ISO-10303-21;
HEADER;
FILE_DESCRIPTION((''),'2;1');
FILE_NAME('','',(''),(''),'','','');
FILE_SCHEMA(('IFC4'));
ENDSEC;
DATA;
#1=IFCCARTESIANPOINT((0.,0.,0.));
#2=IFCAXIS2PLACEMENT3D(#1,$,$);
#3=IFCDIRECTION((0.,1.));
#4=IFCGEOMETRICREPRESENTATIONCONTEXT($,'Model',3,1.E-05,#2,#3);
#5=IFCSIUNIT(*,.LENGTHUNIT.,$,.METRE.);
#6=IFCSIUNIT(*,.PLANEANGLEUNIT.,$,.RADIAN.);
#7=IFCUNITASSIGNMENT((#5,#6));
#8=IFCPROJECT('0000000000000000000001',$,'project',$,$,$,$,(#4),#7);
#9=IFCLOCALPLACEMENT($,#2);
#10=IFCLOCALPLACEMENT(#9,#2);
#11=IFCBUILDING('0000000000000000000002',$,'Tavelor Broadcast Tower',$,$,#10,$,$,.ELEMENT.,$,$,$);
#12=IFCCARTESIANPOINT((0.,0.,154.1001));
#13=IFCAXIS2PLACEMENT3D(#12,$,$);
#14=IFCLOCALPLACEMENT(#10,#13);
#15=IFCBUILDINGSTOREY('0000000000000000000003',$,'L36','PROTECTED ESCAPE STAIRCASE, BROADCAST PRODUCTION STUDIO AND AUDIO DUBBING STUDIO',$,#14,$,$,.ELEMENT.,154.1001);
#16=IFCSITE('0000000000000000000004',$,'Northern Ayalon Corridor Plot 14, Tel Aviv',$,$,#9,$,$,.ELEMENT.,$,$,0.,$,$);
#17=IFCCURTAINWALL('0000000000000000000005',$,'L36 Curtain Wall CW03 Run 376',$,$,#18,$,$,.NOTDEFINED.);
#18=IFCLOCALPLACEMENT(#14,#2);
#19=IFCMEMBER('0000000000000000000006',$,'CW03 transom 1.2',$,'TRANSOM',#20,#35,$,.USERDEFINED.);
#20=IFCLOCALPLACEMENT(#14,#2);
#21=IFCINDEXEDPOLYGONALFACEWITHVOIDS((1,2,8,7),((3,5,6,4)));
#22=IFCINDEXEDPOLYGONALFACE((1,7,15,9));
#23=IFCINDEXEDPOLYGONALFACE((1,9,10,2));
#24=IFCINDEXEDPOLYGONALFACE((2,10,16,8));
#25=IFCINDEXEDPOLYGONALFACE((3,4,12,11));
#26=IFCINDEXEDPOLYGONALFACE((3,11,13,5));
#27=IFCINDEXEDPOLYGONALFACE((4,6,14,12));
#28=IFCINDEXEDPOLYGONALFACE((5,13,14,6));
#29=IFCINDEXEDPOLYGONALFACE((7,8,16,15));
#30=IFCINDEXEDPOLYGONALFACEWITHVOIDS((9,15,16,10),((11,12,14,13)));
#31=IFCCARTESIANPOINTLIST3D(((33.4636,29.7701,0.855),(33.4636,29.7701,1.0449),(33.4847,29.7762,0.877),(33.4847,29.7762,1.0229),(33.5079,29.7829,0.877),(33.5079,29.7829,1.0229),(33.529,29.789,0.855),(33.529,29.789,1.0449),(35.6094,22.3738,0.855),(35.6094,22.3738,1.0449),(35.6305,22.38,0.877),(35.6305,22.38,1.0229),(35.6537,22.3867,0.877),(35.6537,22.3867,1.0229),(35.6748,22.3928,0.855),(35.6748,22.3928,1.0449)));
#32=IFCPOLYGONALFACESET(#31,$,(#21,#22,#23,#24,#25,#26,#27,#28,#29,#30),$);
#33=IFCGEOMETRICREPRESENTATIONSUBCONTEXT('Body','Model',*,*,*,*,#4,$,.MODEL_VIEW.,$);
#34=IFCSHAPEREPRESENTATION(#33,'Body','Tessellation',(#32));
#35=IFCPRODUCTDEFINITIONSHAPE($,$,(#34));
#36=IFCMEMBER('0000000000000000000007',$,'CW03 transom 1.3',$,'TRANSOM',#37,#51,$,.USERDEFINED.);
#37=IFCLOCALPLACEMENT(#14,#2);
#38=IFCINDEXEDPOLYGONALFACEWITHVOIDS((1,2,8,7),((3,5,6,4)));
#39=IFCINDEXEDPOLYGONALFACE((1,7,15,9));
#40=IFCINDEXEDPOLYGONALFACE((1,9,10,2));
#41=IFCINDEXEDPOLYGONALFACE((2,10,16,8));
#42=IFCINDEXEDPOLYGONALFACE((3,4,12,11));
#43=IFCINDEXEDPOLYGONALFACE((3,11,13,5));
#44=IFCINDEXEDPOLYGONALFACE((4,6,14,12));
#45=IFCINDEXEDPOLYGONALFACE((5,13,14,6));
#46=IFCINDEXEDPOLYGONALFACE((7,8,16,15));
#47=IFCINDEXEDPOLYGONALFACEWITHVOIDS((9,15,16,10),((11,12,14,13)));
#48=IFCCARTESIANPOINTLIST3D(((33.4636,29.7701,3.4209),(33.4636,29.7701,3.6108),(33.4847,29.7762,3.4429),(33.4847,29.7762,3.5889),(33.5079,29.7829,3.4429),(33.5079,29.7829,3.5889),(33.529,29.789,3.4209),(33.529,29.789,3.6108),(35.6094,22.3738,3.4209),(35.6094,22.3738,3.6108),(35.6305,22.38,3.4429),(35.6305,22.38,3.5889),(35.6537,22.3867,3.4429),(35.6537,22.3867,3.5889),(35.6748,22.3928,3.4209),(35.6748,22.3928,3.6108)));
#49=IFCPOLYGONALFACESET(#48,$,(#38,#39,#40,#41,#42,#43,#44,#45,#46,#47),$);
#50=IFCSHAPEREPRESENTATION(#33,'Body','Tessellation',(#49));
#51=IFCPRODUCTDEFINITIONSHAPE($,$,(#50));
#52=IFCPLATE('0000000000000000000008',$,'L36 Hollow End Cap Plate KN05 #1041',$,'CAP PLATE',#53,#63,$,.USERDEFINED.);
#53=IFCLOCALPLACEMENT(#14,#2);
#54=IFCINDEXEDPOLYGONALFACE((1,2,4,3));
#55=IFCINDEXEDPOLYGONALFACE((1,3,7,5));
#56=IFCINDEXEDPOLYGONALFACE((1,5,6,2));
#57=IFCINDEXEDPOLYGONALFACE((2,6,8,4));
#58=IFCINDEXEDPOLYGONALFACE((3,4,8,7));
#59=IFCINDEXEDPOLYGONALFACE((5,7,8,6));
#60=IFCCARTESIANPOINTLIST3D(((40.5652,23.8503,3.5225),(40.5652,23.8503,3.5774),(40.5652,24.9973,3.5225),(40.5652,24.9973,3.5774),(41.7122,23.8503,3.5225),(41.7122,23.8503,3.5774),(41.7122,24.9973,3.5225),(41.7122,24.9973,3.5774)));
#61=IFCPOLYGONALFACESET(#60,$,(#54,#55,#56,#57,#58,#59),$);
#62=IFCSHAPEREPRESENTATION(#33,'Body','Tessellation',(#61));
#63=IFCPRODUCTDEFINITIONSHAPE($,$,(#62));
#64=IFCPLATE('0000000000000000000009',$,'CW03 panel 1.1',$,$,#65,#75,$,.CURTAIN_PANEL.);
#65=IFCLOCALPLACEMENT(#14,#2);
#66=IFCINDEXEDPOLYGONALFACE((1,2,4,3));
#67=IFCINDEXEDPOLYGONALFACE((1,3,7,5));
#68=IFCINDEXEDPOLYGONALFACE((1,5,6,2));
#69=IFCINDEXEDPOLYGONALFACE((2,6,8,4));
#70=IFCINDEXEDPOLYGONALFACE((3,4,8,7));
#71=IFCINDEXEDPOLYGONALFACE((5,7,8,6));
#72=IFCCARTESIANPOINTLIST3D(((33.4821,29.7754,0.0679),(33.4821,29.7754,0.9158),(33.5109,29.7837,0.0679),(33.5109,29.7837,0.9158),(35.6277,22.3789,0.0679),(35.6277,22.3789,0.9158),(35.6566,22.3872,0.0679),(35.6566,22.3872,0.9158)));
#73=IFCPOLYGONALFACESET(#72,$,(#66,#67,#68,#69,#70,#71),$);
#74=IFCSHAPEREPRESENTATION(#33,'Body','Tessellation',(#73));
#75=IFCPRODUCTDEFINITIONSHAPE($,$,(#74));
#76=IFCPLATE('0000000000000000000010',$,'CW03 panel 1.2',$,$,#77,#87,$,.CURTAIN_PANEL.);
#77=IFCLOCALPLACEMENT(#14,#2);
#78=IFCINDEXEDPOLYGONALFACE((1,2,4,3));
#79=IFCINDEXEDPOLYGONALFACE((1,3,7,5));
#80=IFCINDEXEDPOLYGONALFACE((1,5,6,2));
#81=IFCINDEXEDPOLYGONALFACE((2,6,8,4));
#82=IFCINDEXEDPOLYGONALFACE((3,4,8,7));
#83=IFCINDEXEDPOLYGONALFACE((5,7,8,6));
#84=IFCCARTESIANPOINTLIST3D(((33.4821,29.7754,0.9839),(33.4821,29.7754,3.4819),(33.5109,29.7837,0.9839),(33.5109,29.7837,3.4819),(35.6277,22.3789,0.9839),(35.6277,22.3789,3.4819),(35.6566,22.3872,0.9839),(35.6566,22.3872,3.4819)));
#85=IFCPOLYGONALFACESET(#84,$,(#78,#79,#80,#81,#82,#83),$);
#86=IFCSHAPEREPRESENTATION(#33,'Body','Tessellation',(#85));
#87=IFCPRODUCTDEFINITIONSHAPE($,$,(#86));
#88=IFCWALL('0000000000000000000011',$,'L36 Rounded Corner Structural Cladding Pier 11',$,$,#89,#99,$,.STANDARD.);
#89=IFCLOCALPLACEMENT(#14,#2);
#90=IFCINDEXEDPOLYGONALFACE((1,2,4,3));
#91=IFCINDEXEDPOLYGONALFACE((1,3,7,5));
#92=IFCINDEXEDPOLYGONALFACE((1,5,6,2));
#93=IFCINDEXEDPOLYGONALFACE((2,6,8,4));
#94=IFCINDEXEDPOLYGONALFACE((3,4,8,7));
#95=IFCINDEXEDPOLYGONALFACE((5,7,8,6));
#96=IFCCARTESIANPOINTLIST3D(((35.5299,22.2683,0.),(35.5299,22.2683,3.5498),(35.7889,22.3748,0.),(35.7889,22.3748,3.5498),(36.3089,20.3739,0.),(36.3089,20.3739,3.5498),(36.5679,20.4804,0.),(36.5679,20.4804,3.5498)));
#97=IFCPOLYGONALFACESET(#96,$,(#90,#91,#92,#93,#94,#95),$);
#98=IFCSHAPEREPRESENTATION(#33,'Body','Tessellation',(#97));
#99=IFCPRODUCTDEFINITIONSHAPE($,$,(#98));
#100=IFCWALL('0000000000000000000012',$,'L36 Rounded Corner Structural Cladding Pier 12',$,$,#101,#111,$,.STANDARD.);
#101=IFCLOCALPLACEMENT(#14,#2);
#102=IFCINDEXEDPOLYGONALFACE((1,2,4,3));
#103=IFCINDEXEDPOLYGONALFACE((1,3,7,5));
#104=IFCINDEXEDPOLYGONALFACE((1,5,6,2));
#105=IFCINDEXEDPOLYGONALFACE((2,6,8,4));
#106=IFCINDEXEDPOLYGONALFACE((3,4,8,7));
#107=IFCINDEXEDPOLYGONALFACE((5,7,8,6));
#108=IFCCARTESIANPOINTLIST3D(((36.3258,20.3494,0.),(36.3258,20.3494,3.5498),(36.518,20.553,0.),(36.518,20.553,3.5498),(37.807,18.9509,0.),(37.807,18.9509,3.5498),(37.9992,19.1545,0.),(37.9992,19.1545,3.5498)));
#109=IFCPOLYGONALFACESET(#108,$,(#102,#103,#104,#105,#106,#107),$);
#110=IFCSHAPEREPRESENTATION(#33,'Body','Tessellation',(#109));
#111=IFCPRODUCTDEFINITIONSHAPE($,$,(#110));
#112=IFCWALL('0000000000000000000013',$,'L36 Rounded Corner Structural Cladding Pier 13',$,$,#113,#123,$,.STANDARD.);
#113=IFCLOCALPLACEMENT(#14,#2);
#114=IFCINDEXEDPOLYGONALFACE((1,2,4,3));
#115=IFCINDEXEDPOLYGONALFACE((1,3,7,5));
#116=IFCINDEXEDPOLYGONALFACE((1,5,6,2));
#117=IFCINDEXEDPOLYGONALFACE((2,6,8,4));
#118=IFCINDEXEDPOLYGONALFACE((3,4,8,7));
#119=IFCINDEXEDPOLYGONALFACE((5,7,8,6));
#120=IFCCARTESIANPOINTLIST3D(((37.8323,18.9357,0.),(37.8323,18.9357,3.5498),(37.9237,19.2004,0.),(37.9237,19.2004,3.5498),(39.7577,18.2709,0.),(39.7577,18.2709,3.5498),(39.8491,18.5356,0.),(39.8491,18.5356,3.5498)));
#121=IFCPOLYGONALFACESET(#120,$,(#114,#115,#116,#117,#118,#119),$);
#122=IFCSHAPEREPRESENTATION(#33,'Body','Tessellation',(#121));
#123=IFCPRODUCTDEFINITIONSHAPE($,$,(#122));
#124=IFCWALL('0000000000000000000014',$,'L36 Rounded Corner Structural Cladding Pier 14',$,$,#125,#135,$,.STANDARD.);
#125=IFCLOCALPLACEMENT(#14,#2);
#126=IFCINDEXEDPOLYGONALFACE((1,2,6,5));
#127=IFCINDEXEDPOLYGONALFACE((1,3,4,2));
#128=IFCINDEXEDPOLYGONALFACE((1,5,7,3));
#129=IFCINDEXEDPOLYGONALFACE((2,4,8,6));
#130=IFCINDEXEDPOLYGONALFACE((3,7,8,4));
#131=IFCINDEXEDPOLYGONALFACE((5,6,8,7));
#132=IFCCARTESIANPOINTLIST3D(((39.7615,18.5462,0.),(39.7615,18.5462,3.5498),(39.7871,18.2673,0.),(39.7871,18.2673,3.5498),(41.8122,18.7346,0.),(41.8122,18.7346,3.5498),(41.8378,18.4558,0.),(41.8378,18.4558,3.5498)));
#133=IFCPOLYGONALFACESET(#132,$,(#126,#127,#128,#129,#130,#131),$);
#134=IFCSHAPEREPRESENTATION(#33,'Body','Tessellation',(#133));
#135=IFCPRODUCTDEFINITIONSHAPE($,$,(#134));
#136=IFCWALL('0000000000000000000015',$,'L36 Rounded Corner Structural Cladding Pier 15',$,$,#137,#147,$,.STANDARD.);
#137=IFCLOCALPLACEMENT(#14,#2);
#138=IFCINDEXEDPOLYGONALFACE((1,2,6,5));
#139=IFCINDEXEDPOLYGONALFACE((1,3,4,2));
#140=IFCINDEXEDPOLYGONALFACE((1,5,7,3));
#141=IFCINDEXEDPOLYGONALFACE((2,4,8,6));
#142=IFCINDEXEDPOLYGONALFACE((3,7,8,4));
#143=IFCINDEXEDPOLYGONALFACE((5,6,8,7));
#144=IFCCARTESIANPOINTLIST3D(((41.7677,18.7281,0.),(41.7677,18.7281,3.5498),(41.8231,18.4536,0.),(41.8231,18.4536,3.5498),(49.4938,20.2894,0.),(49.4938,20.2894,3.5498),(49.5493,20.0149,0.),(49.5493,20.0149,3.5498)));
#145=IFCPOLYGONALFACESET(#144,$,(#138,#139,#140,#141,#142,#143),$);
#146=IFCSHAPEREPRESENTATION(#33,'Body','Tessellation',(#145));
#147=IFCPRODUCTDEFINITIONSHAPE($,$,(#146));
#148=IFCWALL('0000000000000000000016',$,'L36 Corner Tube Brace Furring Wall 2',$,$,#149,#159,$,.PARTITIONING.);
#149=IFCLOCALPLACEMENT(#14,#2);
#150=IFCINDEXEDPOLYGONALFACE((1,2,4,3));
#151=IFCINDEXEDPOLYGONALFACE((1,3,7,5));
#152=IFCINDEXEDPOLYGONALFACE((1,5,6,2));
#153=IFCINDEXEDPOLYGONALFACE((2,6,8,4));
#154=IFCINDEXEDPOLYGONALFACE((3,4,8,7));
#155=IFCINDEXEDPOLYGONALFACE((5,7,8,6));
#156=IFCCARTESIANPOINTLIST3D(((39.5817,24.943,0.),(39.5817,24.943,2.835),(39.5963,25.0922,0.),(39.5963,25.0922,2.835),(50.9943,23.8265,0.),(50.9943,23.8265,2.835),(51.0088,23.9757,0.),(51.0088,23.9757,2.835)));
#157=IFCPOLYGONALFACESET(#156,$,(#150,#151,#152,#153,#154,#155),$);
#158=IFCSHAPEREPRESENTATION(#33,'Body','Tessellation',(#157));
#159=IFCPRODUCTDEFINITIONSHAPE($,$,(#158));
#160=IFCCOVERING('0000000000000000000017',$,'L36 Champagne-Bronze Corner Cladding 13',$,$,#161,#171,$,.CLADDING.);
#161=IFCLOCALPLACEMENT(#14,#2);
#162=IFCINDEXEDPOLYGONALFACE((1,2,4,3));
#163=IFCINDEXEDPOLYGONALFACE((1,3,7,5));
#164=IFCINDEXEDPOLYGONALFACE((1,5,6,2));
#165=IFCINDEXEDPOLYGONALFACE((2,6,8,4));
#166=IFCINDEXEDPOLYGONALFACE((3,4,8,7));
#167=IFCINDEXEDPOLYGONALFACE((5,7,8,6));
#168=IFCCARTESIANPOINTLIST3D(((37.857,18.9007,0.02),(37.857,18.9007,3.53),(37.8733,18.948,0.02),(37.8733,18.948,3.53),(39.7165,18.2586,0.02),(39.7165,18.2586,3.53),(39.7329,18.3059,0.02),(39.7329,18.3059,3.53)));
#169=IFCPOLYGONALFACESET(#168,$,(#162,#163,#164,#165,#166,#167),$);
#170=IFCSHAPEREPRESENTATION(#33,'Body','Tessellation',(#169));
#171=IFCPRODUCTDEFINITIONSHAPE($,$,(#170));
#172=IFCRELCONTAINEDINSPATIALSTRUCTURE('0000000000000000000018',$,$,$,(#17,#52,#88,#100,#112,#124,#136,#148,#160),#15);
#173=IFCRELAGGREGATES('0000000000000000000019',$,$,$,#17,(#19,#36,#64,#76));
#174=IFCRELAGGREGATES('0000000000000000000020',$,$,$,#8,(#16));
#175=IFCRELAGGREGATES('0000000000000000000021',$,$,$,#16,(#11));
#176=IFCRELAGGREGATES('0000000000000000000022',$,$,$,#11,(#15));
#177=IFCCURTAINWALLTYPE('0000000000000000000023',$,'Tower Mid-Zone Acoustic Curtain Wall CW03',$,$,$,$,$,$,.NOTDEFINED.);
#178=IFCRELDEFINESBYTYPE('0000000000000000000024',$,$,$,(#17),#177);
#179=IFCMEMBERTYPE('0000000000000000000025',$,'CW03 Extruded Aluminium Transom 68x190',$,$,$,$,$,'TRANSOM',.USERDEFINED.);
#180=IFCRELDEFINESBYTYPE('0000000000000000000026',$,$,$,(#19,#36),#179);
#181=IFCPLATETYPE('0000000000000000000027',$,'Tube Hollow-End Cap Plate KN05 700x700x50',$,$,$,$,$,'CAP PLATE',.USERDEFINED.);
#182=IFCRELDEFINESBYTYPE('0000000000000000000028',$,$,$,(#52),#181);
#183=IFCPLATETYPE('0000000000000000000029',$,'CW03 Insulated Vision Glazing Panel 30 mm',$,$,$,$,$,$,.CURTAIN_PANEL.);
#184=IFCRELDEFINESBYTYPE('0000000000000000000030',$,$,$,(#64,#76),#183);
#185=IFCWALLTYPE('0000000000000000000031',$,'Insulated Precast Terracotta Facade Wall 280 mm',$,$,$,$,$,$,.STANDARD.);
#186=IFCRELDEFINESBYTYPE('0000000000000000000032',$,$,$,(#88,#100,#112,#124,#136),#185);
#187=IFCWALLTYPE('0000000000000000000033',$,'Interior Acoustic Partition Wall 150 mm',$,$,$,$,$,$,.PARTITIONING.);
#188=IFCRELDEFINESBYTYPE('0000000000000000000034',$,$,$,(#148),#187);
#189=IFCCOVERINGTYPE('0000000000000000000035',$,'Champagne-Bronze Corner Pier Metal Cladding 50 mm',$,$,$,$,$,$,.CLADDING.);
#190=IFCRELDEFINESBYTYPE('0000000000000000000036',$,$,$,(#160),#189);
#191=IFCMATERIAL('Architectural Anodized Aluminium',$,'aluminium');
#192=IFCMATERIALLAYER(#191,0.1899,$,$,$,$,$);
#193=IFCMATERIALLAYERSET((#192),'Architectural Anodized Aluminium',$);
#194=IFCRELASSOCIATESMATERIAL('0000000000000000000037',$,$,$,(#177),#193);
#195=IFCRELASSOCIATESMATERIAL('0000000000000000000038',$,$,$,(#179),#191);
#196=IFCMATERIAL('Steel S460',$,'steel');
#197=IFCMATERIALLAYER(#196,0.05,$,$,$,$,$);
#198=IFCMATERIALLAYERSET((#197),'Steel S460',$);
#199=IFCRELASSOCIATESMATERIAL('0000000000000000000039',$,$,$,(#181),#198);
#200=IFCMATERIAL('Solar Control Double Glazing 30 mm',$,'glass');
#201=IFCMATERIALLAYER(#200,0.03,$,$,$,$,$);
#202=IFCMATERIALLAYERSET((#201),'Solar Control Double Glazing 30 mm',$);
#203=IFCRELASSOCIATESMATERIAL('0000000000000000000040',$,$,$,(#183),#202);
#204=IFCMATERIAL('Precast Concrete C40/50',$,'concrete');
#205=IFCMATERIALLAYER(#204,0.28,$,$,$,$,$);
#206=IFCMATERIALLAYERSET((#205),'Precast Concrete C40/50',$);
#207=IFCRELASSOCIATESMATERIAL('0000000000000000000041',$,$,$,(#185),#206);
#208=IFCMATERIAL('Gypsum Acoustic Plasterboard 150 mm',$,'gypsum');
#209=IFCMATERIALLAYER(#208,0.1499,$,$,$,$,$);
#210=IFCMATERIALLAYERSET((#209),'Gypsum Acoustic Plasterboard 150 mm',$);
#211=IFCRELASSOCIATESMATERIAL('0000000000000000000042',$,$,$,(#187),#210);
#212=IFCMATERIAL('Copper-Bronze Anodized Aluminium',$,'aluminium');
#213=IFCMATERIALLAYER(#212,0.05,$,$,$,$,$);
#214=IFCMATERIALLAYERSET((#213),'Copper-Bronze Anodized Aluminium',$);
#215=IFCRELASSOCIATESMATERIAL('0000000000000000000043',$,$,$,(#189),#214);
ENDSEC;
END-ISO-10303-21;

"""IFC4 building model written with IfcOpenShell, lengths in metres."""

from ifc_helpers import new_model, si_unit, direction, frame, frame_2d, origin, origin_2d, place, context, subcontext, project, spatial, rectangle, hollow_rectangle, extrude, source, transform, mapped, material, layer, layer_set, material_profile, profile_set, type_object, type_shapes, element, aggregate, save


model = new_model("IFC4")

# Units and contexts
model_context = context("Model", 3, precision=1e-05, world=origin(), true_north=direction((0.0, 1.0)))
body_context = subcontext(model_context, "Body", "Model", "MODEL_VIEW")
ifc_project = project(units=[si_unit("LENGTHUNIT", "METRE"), si_unit("PLANEANGLEUNIT", "RADIAN")], contexts=[model_context])

# Site, building, storey
site_placement = place(None, origin())
site = spatial("IfcSite", under=ifc_project, at=site_placement, Name="Northern Ayalon Corridor Plot 14, Tel Aviv", CompositionType="ELEMENT", RefElevation=0.0)
building_placement = place(site_placement, origin())
building = spatial("IfcBuilding", under=site, at=building_placement, Name="Tavelor Broadcast Tower", CompositionType="ELEMENT")
storey_placement = place(building_placement, frame((0.0, 0.0, 154.1001)))
storey = spatial("IfcBuildingStorey", under=building, at=storey_placement, Name="L36", Description="PROTECTED ESCAPE STAIRCASE, BROADCAST PRODUCTION STUDIO AND AUDIO DUBBING STUDIO", CompositionType="ELEMENT", Elevation=154.1001)

# Shared definitions
ifc_material_1 = material(Name="Steel S460", Category="steel")

# Curtain wall, members
ifc_material_2 = material(Name="Architectural Anodized Aluminium", Category="aluminium")
ifc_layer_1 = layer(ifc_material_2, 0.1899)
ifc_layer_set_1 = layer_set([ifc_layer_1], Name="Architectural Anodized Aluminium")
curtain_wall_type = type_object("IfcCurtainWallType", Name="Tower Mid-Zone Acoustic Curtain Wall CW03", PredefinedType="NOTDEFINED", material=ifc_layer_set_1)
curtain_wall_placement = place(storey_placement, origin())
curtain_wall = element("IfcCurtainWall", 1, at=curtain_wall_placement, inside=storey, type_object=curtain_wall_type, Name="L36 Curtain Wall CW03 Run 376", PredefinedType="NOTDEFINED")
ifc_material_profile_1 = material_profile(ifc_material_2, hollow_rectangle(XDim=0.0681, YDim=0.1899, WallThickness=0.022, at=origin_2d()), Name="RHS 68x190x22")
ifc_profile_set_1 = profile_set([ifc_material_profile_1], Name="Architectural Anodized Aluminium")
member_type_1 = type_object("IfcMemberType", Name="CW03 Extruded Aluminium Transom 68x190", ElementType="TRANSOM", PredefinedType="USERDEFINED", material=ifc_profile_set_1)
shared_shape_1 = source(origin(), body_context, "Body", "SweptSolid", [
    extrude(hollow_rectangle(XDim=0.0681, YDim=0.1899, WallThickness=0.022, at=origin_2d()), origin(), (0.0, 0.0, 1.0), 7.7012),
])
type_shapes(member_type_1, [shared_shape_1])
member_1_placement = place(storey_placement, frame((33.4963, 29.7795, 0.95), z_axis=(0.278625, -0.9604, 0.0), x_axis=(0.9604, 0.278625, 0.0)))
member_1 = element("IfcMember", 2, at=member_1_placement, type_object=member_type_1, Name="CW03 transom 1.2", ObjectType="TRANSOM", PredefinedType="USERDEFINED", context=body_context, shape_type="MappedRepresentation", body=[
    mapped(shared_shape_1, transform((0.0, 0.0, 0.0), scale=1.0)),
])
member_2_placement = place(storey_placement, frame((33.4963, 29.7795, 3.5159), z_axis=(0.278625, -0.9604, 0.0), x_axis=(0.9604, 0.278625, 0.0)))
member_2 = element("IfcMember", 3, at=member_2_placement, type_object=member_type_1, Name="CW03 transom 1.3", ObjectType="TRANSOM", PredefinedType="USERDEFINED", context=body_context, shape_type="MappedRepresentation", body=[
    mapped(shared_shape_1, transform((0.0, 0.0, 0.0), scale=1.0)),
])

# Plates
ifc_layer_2 = layer(ifc_material_1, 0.05)
ifc_layer_set_2 = layer_set([ifc_layer_2], Name="Steel S460")
plate_type_1 = type_object("IfcPlateType", Name="Tube Hollow-End Cap Plate KN05 700x700x50", ElementType="CAP PLATE", PredefinedType="USERDEFINED", material=ifc_layer_set_2)
shared_shape_2 = source(origin(), body_context, "Body", "SweptSolid", [
    extrude(rectangle(XDim=1.147, YDim=1.147, at=origin_2d()), origin(), (0.0, 0.0, 1.0), 0.0549),
])
type_shapes(plate_type_1, [shared_shape_2])
plate_1_placement = place(storey_placement, frame((41.1387, 24.4238, 3.5225), z_axis=(0.0, 0.0, 1.0), x_axis=(1.0, 0.0, 0.0)))
element("IfcPlate", 4, at=plate_1_placement, inside=storey, type_object=plate_type_1, Name="L36 Hollow End Cap Plate KN05 #1041", ObjectType="CAP PLATE", PredefinedType="USERDEFINED", context=body_context, shape_type="MappedRepresentation", body=[
    mapped(shared_shape_2, transform((0.0, 0.0, 0.0), scale=1.0)),
])
ifc_material_3 = material(Name="Solar Control Double Glazing 30 mm", Category="glass")
ifc_layer_3 = layer(ifc_material_3, 0.03)
ifc_layer_set_3 = layer_set([ifc_layer_3], Name="Solar Control Double Glazing 30 mm")
plate_type_2 = type_object("IfcPlateType", Name="CW03 Insulated Vision Glazing Panel 30 mm", PredefinedType="CURTAIN_PANEL", material=ifc_layer_set_3)
shared_shape_3 = source(origin(), body_context, "Body", "SweptSolid", [
    extrude(rectangle(XDim=7.7014, YDim=0.03, at=origin_2d()), origin(), (0.0, 0.0, 1.0), 0.8479),
])
plate_2_placement = place(storey_placement, frame((34.5693, 26.0813, 0.0679), z_axis=(0.0, 0.0, 1.0), x_axis=(0.278603, -0.960406, 0.0)))
plate_2 = element("IfcPlate", 5, at=plate_2_placement, type_object=plate_type_2, Name="CW03 panel 1.1", PredefinedType="CURTAIN_PANEL", context=body_context, shape_type="MappedRepresentation", body=[
    mapped(shared_shape_3, transform((0.0, 0.0, 0.0), scale=1.0)),
])
shared_shape_4 = source(origin(), body_context, "Body", "SweptSolid", [
    extrude(rectangle(XDim=7.7014, YDim=0.03, at=origin_2d()), origin(), (0.0, 0.0, 1.0), 2.498),
])
type_shapes(plate_type_2, [shared_shape_3, shared_shape_4])
plate_3_placement = place(storey_placement, frame((34.5693, 26.0813, 0.9839), z_axis=(0.0, 0.0, 1.0), x_axis=(0.278603, -0.960406, 0.0)))
plate_3 = element("IfcPlate", 6, at=plate_3_placement, type_object=plate_type_2, Name="CW03 panel 1.2", PredefinedType="CURTAIN_PANEL", context=body_context, shape_type="MappedRepresentation", body=[
    mapped(shared_shape_4, transform((0.0, 0.0, 0.0), scale=1.0)),
])
aggregate(curtain_wall, [member_1, member_2, plate_2, plate_3])

# Walls
ifc_material_4 = material(Name="Precast Concrete C40/50", Category="concrete")
ifc_layer_4 = layer(ifc_material_4, 0.28)
ifc_layer_set_4 = layer_set([ifc_layer_4], Name="Precast Concrete C40/50")
wall_type_1 = type_object("IfcWallType", Name="Insulated Precast Terracotta Facade Wall 280 mm", PredefinedType="STANDARD", material=ifc_layer_set_4)
wall_1_placement = place(storey_placement, frame((35.6594, 22.3215, 0.0), z_axis=(0.0, 0.0, 1.0), x_axis=(0.380312, -0.924858, 0.0)))
element("IfcWall", 7, at=wall_1_placement, inside=storey, type_object=wall_type_1, Name="L36 Rounded Corner Structural Cladding Pier 11", PredefinedType="STANDARD", context=body_context, shape_type="SweptSolid", body=[
    extrude(rectangle(XDim=2.0483, YDim=0.28, at=frame_2d((1.0242, 0.0))), origin(), (0.0, 0.0, 1.0), 3.5498),
])
wall_2_placement = place(storey_placement, frame((36.4219, 20.4512, 0.0), z_axis=(0.0, 0.0, 1.0), x_axis=(0.727129, -0.6865, 0.0)))
element("IfcWall", 8, at=wall_2_placement, inside=storey, type_object=wall_type_1, Name="L36 Rounded Corner Structural Cladding Pier 12", PredefinedType="STANDARD", context=body_context, shape_type="SweptSolid", body=[
    extrude(rectangle(XDim=2.0371, YDim=0.28, at=frame_2d((1.0186, 0.0))), origin(), (0.0, 0.0, 1.0), 3.5498),
])
wall_3_placement = place(storey_placement, frame((37.8779, 19.0681, 0.0), z_axis=(0.0, 0.0, 1.0), x_axis=(0.945237, -0.326386, 0.0)))
element("IfcWall", 9, at=wall_3_placement, inside=storey, type_object=wall_type_1, Name="L36 Rounded Corner Structural Cladding Pier 13", PredefinedType="STANDARD", context=body_context, shape_type="SweptSolid", body=[
    extrude(rectangle(XDim=2.0369, YDim=0.28, at=frame_2d((1.0186, 0.0))), origin(), (0.0, 0.0, 1.0), 3.5498),
])
wall_4_placement = place(storey_placement, frame((39.7742, 18.4067, 0.0), z_axis=(0.0, 0.0, 1.0), x_axis=(0.995803, 0.091519, 0.0)))
element("IfcWall", 10, at=wall_4_placement, inside=storey, type_object=wall_type_1, Name="L36 Rounded Corner Structural Cladding Pier 14", PredefinedType="STANDARD", context=body_context, shape_type="SweptSolid", body=[
    extrude(rectangle(XDim=2.0593, YDim=0.28, at=frame_2d((1.0298, 0.0))), origin(), (0.0, 0.0, 1.0), 3.5498),
])
wall_5_placement = place(storey_placement, frame((41.7954, 18.5908, 0.0), z_axis=(0.0, 0.0, 1.0), x_axis=(0.980187, 0.198075, 0.0)))
element("IfcWall", 11, at=wall_5_placement, inside=storey, type_object=wall_type_1, Name="L36 Rounded Corner Structural Cladding Pier 15", PredefinedType="STANDARD", context=body_context, shape_type="SweptSolid", body=[
    extrude(rectangle(XDim=7.8823, YDim=0.28, at=frame_2d((3.9412, 0.0))), origin(), (0.0, 0.0, 1.0), 3.5498),
])
ifc_material_5 = material(Name="Gypsum Acoustic Plasterboard 150 mm", Category="gypsum")
ifc_layer_5 = layer(ifc_material_5, 0.1499)
ifc_layer_set_5 = layer_set([ifc_layer_5], Name="Gypsum Acoustic Plasterboard 150 mm")
wall_type_2 = type_object("IfcWallType", Name="Interior Acoustic Partition Wall 150 mm", PredefinedType="PARTITIONING", material=ifc_layer_set_5)
wall_6_placement = place(storey_placement, frame((39.5891, 25.0176, 0.0), z_axis=(0.0, 0.0, 1.0), x_axis=(0.995249, -0.097362, 0.0)))
element("IfcWall", 12, at=wall_6_placement, inside=storey, type_object=wall_type_2, Name="L36 Corner Tube Brace Furring Wall 2", PredefinedType="PARTITIONING", context=body_context, shape_type="SweptSolid", body=[
    extrude(rectangle(XDim=11.467, YDim=0.1499, at=frame_2d((5.7334, 0.0))), origin(), (0.0, 0.0, 1.0), 2.835),
])

# Covering
ifc_material_6 = material(Name="Copper-Bronze Anodized Aluminium", Category="aluminium")
ifc_layer_6 = layer(ifc_material_6, 0.05)
ifc_layer_set_6 = layer_set([ifc_layer_6], Name="Copper-Bronze Anodized Aluminium")
covering_type_1 = type_object("IfcCoveringType", Name="Champagne-Bronze Corner Pier Metal Cladding 50 mm", PredefinedType="CLADDING", material=ifc_layer_set_6)
covering_1_placement = place(storey_placement, frame((38.7949, 18.6033, 0.02), z_axis=(0.0, 0.0, 1.0), x_axis=(0.945234, -0.326393, 0.0)))
element("IfcCovering", 13, at=covering_1_placement, inside=storey, type_object=covering_type_1, Name="L36 Champagne-Bronze Corner Cladding 13", PredefinedType="CLADDING", context=body_context, shape_type="SweptSolid", body=[
    extrude(rectangle(XDim=1.9673, YDim=0.05, at=origin_2d()), origin(), (0.0, 0.0, 1.0), 3.51),
])

save(model, "model.ifc")
